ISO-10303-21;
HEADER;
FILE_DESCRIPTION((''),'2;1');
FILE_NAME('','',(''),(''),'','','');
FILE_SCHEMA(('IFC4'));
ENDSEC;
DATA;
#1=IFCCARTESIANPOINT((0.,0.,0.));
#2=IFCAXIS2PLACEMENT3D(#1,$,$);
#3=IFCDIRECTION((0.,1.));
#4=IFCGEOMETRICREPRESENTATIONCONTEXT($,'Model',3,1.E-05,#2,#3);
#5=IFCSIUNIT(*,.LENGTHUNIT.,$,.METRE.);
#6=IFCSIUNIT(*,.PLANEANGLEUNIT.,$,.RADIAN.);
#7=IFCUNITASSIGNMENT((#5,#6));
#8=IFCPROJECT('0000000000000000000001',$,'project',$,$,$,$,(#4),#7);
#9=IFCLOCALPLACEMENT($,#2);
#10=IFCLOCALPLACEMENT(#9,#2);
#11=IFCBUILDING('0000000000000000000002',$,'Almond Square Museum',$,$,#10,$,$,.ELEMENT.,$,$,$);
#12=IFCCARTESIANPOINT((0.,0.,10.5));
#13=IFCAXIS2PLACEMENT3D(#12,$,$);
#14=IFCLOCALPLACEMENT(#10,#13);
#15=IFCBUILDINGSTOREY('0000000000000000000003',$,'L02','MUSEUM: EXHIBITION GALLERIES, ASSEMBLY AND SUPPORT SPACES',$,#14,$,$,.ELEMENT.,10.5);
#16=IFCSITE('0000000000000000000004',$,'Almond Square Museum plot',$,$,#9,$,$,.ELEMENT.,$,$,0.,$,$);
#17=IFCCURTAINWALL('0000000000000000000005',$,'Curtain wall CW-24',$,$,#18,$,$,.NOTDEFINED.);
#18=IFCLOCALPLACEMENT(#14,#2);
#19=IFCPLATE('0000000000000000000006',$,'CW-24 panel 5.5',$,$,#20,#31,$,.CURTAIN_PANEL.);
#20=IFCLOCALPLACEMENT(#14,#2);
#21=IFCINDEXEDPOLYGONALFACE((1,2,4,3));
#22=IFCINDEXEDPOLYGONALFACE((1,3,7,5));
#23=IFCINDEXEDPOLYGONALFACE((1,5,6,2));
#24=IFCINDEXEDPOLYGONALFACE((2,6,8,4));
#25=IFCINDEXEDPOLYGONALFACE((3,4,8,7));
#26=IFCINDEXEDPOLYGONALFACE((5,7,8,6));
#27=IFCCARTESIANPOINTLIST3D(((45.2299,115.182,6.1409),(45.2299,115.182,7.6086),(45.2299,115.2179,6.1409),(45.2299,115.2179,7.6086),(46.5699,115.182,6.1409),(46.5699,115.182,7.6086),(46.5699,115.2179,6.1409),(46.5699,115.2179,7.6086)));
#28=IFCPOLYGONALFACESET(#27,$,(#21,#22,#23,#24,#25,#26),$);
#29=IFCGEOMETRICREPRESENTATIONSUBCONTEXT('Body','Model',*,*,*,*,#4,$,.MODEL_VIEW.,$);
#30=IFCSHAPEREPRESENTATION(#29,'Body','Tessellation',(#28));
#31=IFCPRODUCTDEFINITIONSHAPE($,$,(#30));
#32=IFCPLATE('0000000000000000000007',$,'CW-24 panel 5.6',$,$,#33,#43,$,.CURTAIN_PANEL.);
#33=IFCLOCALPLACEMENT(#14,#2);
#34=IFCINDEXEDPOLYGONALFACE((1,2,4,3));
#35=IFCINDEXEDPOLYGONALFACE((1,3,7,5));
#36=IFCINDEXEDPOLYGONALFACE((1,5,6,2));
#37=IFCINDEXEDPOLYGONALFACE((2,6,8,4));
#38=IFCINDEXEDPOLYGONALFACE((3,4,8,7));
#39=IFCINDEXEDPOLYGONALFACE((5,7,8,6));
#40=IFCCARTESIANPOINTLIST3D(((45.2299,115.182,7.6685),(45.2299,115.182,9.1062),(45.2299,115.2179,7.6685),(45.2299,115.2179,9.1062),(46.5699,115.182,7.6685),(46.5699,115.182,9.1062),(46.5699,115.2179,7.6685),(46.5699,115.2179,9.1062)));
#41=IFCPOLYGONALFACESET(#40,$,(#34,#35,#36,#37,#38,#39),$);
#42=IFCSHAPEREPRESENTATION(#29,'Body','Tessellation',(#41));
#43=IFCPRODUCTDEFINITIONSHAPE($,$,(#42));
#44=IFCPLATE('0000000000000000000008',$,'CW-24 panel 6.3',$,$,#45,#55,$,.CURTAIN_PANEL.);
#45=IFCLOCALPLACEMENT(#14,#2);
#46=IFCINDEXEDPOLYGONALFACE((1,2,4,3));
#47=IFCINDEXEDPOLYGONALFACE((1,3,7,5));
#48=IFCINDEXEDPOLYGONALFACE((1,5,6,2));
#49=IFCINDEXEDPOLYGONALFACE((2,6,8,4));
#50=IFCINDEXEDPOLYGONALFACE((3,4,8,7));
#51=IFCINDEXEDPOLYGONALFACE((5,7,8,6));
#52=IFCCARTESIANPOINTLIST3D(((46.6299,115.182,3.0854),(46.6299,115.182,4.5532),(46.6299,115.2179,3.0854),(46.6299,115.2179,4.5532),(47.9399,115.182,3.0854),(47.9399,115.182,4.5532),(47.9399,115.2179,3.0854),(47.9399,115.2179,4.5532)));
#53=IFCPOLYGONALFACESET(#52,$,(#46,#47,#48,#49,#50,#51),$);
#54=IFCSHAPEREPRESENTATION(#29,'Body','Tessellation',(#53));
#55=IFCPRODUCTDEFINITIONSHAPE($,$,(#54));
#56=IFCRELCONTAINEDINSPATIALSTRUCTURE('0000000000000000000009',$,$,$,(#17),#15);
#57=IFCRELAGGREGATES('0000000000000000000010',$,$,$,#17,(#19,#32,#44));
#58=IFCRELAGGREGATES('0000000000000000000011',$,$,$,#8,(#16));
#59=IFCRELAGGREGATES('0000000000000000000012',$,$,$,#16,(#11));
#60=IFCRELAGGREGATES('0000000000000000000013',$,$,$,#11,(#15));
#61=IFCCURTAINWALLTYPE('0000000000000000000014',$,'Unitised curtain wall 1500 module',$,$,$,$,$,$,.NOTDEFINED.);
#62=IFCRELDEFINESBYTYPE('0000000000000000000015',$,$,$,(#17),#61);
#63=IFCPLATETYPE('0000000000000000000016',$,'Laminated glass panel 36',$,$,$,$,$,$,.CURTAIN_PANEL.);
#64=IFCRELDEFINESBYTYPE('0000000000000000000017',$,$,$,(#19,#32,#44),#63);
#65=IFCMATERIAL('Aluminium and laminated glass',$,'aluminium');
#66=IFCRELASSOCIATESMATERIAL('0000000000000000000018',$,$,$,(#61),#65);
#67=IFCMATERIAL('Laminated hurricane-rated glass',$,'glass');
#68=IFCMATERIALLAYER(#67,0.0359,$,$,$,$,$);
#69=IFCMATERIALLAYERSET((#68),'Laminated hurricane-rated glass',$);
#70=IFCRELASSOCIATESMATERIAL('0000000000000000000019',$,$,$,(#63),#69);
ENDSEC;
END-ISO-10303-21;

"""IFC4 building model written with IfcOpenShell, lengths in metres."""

from ifc_helpers import new_model, si_unit, direction, frame, origin, origin_2d, place, context, subcontext, project, spatial, rectangle, extrude, material, layer, layer_set, type_object, element, aggregate, save


model = new_model("IFC4")

# Units and contexts
model_context = context("Model", 3, precision=1e-05, world=origin(), true_north=direction((0.0, 1.0)))
body_context = subcontext(model_context, "Body", "Model", "MODEL_VIEW")
ifc_project = project(units=[si_unit("LENGTHUNIT", "METRE"), si_unit("PLANEANGLEUNIT", "RADIAN")], contexts=[model_context])

# Site, building, storey
site_placement = place(None, origin())
site = spatial("IfcSite", under=ifc_project, at=site_placement, Name="Almond Square Museum plot", CompositionType="ELEMENT", RefElevation=0.0)
building_placement = place(site_placement, origin())
building = spatial("IfcBuilding", under=site, at=building_placement, Name="Almond Square Museum", CompositionType="ELEMENT")
storey_placement = place(building_placement, frame((0.0, 0.0, 10.5)))
storey = spatial("IfcBuildingStorey", under=building, at=storey_placement, Name="L02", Description="MUSEUM: EXHIBITION GALLERIES, ASSEMBLY AND SUPPORT SPACES", CompositionType="ELEMENT", Elevation=10.5)

# Curtain wall, plates
ifc_material_1 = material(Name="Aluminium and laminated glass", Category="aluminium")
curtain_wall_type = type_object("IfcCurtainWallType", Name="Unitised curtain wall 1500 module", PredefinedType="NOTDEFINED", material=ifc_material_1)
curtain_wall_placement = place(storey_placement, origin())
curtain_wall = element("IfcCurtainWall", 1, at=curtain_wall_placement, inside=storey, type_object=curtain_wall_type, Name="Curtain wall CW-24", PredefinedType="NOTDEFINED")
ifc_material_2 = material(Name="Laminated hurricane-rated glass", Category="glass")
ifc_layer = layer(ifc_material_2, 0.0359)
ifc_layer_set = layer_set([ifc_layer], Name="Laminated hurricane-rated glass")
plate_type = type_object("IfcPlateType", Name="Laminated glass panel 36", PredefinedType="CURTAIN_PANEL", material=ifc_layer_set)
plate_1_placement = place(storey_placement, frame((45.8999, 115.2, 6.1409), z_axis=(0.0, 0.0, 1.0), x_axis=(1.0, 0.0, 0.0)))
plate_1 = element("IfcPlate", 2, at=plate_1_placement, type_object=plate_type, Name="CW-24 panel 5.5", PredefinedType="CURTAIN_PANEL", context=body_context, shape_type="SweptSolid", body=[
    extrude(rectangle(XDim=1.3401, YDim=0.0359, at=origin_2d()), origin(), (0.0, 0.0, 1.0), 1.4678),
])
plate_2_placement = place(storey_placement, frame((45.8999, 115.2, 7.6685), z_axis=(0.0, 0.0, 1.0), x_axis=(1.0, 0.0, 0.0)))
plate_2 = element("IfcPlate", 3, at=plate_2_placement, type_object=plate_type, Name="CW-24 panel 5.6", PredefinedType="CURTAIN_PANEL", context=body_context, shape_type="SweptSolid", body=[
    extrude(rectangle(XDim=1.3401, YDim=0.0359, at=origin_2d()), origin(), (0.0, 0.0, 1.0), 1.4377),
])
plate_3_placement = place(storey_placement, frame((47.2849, 115.2, 3.0854), z_axis=(0.0, 0.0, 1.0), x_axis=(1.0, 0.0, 0.0)))
plate_3 = element("IfcPlate", 4, at=plate_3_placement, type_object=plate_type, Name="CW-24 panel 6.3", PredefinedType="CURTAIN_PANEL", context=body_context, shape_type="SweptSolid", body=[
    extrude(rectangle(XDim=1.3101, YDim=0.0359, at=origin_2d()), origin(), (0.0, 0.0, 1.0), 1.4678),
])
aggregate(curtain_wall, [plate_1, plate_2, plate_3])

save(model, "model.ifc")
